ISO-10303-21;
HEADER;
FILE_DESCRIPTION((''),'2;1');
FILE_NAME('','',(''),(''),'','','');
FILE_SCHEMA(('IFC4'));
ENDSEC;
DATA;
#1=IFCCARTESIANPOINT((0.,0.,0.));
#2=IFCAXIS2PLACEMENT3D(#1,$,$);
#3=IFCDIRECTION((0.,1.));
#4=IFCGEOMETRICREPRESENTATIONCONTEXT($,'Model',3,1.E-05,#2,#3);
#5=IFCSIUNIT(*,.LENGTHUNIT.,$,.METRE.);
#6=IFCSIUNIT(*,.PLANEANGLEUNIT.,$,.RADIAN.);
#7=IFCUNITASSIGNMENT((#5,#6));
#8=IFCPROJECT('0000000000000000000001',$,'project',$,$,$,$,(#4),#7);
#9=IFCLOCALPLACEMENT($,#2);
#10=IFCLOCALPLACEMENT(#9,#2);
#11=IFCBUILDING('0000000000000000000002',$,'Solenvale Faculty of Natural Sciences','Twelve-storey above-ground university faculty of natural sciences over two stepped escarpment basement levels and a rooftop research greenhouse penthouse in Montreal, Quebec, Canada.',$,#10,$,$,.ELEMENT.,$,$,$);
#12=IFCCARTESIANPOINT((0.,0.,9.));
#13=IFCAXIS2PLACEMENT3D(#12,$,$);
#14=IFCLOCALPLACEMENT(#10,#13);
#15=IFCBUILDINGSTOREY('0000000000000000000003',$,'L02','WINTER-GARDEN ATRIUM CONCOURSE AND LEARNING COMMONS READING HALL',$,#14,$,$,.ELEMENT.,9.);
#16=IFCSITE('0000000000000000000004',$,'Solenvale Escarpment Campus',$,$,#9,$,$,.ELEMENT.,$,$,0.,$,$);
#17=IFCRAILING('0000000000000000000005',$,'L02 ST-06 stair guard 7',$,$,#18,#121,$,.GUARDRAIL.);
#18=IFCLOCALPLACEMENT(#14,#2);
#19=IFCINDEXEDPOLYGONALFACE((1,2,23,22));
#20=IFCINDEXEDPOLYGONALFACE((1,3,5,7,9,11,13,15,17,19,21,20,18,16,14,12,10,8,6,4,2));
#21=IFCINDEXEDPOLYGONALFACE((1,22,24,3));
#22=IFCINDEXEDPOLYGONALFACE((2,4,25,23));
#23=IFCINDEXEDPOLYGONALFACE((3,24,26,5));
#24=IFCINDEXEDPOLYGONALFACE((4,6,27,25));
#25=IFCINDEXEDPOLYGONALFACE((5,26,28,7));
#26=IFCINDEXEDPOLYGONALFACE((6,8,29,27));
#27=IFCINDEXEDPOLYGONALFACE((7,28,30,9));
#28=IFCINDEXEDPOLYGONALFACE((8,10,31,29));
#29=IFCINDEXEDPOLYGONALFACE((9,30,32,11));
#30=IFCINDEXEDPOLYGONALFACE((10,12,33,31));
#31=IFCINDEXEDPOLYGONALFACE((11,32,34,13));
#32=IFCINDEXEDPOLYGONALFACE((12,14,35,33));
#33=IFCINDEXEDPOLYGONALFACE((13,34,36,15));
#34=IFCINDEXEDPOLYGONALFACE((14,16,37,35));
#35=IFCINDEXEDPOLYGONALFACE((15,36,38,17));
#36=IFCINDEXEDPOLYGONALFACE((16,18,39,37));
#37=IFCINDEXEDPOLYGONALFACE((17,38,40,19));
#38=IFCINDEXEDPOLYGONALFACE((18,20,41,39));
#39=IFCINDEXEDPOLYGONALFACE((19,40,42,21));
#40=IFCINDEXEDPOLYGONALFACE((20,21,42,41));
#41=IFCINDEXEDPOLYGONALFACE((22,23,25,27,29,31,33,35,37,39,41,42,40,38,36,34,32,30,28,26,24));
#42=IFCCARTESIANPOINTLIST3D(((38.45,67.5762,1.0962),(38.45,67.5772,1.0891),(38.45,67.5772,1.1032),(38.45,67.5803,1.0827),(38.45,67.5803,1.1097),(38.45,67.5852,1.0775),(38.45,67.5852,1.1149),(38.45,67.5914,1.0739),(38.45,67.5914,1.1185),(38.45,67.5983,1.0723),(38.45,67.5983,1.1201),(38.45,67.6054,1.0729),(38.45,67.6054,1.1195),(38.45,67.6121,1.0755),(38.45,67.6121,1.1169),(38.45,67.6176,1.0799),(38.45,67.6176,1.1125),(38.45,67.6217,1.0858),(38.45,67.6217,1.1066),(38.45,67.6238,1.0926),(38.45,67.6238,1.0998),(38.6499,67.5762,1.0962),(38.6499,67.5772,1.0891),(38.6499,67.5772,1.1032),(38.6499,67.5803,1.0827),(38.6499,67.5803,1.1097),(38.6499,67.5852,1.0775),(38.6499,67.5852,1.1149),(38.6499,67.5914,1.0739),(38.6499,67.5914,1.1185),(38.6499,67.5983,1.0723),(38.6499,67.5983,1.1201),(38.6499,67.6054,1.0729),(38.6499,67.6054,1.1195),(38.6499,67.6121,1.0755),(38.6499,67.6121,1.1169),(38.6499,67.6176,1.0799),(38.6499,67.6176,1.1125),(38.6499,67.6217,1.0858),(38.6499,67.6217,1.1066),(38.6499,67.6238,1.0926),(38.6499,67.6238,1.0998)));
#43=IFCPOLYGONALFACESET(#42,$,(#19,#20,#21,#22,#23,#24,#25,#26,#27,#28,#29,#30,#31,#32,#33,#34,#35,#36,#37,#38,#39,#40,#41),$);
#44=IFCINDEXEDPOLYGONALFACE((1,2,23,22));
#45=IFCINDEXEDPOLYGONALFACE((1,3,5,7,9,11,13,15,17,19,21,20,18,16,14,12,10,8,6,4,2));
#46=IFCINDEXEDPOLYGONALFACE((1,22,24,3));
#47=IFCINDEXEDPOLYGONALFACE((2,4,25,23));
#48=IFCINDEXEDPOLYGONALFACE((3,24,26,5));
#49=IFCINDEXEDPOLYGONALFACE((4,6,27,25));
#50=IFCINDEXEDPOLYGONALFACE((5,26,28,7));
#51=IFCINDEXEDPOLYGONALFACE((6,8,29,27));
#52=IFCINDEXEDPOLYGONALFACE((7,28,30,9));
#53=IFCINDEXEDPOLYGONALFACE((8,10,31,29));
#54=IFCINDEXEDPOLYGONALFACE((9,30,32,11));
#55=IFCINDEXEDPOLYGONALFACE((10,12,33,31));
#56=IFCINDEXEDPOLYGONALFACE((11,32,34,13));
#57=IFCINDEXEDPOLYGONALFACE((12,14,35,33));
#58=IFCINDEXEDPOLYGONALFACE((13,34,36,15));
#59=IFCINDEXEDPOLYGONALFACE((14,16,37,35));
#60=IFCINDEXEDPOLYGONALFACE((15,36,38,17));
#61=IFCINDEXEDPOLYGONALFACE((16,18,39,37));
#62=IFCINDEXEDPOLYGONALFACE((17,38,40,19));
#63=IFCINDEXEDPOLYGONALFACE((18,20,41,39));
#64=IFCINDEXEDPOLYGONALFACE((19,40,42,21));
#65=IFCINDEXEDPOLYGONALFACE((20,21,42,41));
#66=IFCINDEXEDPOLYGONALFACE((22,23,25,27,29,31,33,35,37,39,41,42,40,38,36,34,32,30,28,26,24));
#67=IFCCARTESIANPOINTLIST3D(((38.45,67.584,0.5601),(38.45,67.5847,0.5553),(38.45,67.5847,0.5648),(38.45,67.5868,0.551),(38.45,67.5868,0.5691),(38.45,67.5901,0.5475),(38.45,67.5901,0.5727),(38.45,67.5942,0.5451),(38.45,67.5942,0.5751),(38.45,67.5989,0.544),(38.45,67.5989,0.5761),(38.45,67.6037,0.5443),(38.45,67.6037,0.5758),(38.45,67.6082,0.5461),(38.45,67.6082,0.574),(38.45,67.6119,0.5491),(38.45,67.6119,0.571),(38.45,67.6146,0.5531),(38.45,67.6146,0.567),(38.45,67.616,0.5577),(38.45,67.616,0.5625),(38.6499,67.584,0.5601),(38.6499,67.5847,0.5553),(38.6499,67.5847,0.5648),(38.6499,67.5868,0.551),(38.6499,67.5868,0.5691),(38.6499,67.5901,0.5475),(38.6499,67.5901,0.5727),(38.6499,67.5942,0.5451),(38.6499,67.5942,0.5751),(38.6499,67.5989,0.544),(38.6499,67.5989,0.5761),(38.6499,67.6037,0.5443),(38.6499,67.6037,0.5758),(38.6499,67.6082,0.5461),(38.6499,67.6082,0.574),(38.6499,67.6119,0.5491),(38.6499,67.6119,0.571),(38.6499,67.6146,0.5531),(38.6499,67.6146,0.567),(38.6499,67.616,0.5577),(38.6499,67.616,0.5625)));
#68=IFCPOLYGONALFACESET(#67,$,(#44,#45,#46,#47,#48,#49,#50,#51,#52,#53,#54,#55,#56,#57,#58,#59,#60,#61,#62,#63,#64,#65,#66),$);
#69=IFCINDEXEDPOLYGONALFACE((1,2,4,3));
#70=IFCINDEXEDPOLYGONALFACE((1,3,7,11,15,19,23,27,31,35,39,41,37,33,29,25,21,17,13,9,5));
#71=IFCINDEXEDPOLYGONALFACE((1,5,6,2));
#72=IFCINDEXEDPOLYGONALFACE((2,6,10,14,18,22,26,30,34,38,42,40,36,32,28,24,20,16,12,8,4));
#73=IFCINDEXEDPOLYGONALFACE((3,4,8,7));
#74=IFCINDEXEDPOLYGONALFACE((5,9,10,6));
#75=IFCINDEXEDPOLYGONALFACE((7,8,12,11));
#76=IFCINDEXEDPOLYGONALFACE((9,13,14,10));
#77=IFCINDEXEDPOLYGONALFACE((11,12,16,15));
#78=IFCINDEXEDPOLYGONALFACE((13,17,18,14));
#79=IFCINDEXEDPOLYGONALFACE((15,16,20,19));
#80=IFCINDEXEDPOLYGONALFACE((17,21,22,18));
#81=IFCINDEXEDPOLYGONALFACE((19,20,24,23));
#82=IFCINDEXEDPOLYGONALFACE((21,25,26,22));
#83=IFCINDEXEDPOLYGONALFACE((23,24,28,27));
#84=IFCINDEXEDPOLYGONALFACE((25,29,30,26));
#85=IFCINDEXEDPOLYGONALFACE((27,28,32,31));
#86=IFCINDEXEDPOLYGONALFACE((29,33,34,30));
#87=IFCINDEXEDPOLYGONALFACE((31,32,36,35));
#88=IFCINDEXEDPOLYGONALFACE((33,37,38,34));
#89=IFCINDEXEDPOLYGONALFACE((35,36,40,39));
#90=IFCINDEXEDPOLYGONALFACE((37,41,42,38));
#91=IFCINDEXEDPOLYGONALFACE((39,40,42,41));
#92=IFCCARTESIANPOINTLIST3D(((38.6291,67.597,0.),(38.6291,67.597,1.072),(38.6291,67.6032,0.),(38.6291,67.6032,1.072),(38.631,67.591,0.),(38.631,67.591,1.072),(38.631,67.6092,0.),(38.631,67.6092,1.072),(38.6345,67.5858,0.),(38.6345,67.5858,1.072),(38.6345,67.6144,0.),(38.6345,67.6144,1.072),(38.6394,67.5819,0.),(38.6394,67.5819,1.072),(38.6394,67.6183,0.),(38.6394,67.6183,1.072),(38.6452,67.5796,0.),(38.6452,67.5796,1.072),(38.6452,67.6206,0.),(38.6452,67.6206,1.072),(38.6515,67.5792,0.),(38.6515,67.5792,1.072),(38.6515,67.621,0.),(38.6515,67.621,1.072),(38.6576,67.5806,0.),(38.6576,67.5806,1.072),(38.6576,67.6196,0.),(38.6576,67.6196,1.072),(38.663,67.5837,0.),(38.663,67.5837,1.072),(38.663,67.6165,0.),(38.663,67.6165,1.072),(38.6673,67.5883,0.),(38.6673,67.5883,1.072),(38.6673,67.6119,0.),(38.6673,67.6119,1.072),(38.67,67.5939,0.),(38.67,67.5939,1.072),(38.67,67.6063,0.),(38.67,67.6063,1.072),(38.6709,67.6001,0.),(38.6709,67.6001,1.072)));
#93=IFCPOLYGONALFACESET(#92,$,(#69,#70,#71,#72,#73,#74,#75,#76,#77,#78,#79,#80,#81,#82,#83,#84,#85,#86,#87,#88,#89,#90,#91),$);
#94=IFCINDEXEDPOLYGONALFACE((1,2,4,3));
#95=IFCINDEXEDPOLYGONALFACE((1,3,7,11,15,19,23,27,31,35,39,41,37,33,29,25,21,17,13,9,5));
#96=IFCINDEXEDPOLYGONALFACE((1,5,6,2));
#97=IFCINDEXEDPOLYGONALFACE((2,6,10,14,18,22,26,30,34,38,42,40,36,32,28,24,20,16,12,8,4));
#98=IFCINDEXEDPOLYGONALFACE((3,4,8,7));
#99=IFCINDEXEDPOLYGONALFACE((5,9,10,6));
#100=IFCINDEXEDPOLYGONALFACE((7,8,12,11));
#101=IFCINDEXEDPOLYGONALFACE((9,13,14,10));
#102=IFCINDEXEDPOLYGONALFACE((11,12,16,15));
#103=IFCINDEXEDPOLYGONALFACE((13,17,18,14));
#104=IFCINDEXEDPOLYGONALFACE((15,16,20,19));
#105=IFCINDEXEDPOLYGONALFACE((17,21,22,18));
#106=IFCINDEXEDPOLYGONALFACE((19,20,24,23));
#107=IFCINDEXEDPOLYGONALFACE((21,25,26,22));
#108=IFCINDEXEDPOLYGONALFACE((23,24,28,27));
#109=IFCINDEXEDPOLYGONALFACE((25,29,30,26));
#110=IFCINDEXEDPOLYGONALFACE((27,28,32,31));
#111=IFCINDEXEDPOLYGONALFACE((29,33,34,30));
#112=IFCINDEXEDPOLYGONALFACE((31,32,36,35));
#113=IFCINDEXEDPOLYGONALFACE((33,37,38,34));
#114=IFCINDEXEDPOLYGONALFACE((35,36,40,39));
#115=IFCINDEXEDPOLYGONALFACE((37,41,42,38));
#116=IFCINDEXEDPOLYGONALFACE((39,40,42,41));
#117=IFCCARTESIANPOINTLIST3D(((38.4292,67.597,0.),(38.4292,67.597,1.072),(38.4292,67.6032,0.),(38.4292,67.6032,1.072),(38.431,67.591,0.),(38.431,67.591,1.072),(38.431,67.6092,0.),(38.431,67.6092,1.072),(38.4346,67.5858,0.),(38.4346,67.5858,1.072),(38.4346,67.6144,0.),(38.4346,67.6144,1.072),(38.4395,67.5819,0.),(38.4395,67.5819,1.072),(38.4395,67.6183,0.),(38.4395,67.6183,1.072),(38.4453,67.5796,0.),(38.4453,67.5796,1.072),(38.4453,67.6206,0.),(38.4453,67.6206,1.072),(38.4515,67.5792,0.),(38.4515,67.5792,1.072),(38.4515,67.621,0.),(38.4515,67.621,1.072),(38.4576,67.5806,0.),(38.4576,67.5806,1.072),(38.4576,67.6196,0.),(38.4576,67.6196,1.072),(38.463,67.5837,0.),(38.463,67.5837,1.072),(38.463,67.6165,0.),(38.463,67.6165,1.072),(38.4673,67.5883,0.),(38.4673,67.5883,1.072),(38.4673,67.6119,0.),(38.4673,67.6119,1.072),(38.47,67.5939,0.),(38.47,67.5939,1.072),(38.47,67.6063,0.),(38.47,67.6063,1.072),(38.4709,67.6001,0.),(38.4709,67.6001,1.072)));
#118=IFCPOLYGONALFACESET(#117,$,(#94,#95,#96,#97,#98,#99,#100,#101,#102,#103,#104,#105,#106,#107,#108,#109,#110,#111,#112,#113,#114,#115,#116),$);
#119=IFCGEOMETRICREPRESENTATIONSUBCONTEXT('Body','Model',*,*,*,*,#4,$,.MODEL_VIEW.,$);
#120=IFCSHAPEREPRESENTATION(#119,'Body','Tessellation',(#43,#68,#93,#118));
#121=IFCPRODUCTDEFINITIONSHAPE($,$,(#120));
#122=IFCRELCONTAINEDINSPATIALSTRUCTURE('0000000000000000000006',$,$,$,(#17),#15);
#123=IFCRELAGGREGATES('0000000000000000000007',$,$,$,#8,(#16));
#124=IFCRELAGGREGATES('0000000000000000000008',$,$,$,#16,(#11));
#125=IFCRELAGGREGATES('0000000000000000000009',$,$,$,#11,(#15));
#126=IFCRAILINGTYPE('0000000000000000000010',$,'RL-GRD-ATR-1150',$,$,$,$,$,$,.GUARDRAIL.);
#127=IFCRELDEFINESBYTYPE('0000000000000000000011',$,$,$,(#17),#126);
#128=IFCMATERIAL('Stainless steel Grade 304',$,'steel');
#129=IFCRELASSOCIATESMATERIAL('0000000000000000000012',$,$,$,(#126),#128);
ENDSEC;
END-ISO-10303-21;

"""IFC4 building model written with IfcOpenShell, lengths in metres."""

from ifc_helpers import new_model, si_unit, direction, frame, origin, origin_2d, place, context, subcontext, project, spatial, circle, extrude, material, type_object, element, save


model = new_model("IFC4")

# Units and contexts
model_context = context("Model", 3, precision=1e-05, world=origin(), true_north=direction((0.0, 1.0)))
body_context = subcontext(model_context, "Body", "Model", "MODEL_VIEW")
ifc_project = project(units=[si_unit("LENGTHUNIT", "METRE"), si_unit("PLANEANGLEUNIT", "RADIAN")], contexts=[model_context])

# Site, building, storey
site_placement = place(None, origin())
site = spatial("IfcSite", under=ifc_project, at=site_placement, Name="Solenvale Escarpment Campus", CompositionType="ELEMENT", RefElevation=0.0)
building_placement = place(site_placement, origin())
building = spatial("IfcBuilding", under=site, at=building_placement, Name="Solenvale Faculty of Natural Sciences", Description="Twelve-storey above-ground university faculty of natural sciences over two stepped escarpment basement levels and a rooftop research greenhouse penthouse in Montreal, Quebec, Canada.", CompositionType="ELEMENT")
storey_placement = place(building_placement, frame((0.0, 0.0, 9.0)))
storey = spatial("IfcBuildingStorey", under=building, at=storey_placement, Name="L02", Description="WINTER-GARDEN ATRIUM CONCOURSE AND LEARNING COMMONS READING HALL", CompositionType="ELEMENT", Elevation=9.0)

# Railing
ifc_material_1 = material(Name="Stainless steel Grade 304", Category="steel")
railing_type_1 = type_object("IfcRailingType", Name="RL-GRD-ATR-1150", PredefinedType="GUARDRAIL", material=ifc_material_1)
railing_1_placement = place(storey_placement, frame((38.6499, 67.6001, 0.0)))
element("IfcRailing", 1, at=railing_1_placement, inside=storey, type_object=railing_type_1, Name="L02 ST-06 stair guard 7", PredefinedType="GUARDRAIL", context=body_context, shape_type="SweptSolid", body=[
    extrude(circle(Radius=0.0239, at=origin_2d()), frame((0.0, 0.0, 1.0962), z_axis=(-1.0, 0.0, 0.0), x_axis=(0.0, -1.0, 0.0)), (0.0, 0.0, 1.0), 0.2),
    extrude(circle(Radius=0.0161, at=origin_2d()), frame((0.0, 0.0, 0.5601), z_axis=(-1.0, 0.0, 0.0), x_axis=(0.0, -1.0, 0.0)), (0.0, 0.0, 1.0), 0.2),
    extrude(circle(Radius=0.021, at=origin_2d()), origin(), (0.0, 0.0, 1.0), 1.072),
    extrude(circle(Radius=0.021, at=origin_2d()), frame((-0.2, 0.0, 0.0)), (0.0, 0.0, 1.0), 1.072),
])

save(model, "model.ifc")
